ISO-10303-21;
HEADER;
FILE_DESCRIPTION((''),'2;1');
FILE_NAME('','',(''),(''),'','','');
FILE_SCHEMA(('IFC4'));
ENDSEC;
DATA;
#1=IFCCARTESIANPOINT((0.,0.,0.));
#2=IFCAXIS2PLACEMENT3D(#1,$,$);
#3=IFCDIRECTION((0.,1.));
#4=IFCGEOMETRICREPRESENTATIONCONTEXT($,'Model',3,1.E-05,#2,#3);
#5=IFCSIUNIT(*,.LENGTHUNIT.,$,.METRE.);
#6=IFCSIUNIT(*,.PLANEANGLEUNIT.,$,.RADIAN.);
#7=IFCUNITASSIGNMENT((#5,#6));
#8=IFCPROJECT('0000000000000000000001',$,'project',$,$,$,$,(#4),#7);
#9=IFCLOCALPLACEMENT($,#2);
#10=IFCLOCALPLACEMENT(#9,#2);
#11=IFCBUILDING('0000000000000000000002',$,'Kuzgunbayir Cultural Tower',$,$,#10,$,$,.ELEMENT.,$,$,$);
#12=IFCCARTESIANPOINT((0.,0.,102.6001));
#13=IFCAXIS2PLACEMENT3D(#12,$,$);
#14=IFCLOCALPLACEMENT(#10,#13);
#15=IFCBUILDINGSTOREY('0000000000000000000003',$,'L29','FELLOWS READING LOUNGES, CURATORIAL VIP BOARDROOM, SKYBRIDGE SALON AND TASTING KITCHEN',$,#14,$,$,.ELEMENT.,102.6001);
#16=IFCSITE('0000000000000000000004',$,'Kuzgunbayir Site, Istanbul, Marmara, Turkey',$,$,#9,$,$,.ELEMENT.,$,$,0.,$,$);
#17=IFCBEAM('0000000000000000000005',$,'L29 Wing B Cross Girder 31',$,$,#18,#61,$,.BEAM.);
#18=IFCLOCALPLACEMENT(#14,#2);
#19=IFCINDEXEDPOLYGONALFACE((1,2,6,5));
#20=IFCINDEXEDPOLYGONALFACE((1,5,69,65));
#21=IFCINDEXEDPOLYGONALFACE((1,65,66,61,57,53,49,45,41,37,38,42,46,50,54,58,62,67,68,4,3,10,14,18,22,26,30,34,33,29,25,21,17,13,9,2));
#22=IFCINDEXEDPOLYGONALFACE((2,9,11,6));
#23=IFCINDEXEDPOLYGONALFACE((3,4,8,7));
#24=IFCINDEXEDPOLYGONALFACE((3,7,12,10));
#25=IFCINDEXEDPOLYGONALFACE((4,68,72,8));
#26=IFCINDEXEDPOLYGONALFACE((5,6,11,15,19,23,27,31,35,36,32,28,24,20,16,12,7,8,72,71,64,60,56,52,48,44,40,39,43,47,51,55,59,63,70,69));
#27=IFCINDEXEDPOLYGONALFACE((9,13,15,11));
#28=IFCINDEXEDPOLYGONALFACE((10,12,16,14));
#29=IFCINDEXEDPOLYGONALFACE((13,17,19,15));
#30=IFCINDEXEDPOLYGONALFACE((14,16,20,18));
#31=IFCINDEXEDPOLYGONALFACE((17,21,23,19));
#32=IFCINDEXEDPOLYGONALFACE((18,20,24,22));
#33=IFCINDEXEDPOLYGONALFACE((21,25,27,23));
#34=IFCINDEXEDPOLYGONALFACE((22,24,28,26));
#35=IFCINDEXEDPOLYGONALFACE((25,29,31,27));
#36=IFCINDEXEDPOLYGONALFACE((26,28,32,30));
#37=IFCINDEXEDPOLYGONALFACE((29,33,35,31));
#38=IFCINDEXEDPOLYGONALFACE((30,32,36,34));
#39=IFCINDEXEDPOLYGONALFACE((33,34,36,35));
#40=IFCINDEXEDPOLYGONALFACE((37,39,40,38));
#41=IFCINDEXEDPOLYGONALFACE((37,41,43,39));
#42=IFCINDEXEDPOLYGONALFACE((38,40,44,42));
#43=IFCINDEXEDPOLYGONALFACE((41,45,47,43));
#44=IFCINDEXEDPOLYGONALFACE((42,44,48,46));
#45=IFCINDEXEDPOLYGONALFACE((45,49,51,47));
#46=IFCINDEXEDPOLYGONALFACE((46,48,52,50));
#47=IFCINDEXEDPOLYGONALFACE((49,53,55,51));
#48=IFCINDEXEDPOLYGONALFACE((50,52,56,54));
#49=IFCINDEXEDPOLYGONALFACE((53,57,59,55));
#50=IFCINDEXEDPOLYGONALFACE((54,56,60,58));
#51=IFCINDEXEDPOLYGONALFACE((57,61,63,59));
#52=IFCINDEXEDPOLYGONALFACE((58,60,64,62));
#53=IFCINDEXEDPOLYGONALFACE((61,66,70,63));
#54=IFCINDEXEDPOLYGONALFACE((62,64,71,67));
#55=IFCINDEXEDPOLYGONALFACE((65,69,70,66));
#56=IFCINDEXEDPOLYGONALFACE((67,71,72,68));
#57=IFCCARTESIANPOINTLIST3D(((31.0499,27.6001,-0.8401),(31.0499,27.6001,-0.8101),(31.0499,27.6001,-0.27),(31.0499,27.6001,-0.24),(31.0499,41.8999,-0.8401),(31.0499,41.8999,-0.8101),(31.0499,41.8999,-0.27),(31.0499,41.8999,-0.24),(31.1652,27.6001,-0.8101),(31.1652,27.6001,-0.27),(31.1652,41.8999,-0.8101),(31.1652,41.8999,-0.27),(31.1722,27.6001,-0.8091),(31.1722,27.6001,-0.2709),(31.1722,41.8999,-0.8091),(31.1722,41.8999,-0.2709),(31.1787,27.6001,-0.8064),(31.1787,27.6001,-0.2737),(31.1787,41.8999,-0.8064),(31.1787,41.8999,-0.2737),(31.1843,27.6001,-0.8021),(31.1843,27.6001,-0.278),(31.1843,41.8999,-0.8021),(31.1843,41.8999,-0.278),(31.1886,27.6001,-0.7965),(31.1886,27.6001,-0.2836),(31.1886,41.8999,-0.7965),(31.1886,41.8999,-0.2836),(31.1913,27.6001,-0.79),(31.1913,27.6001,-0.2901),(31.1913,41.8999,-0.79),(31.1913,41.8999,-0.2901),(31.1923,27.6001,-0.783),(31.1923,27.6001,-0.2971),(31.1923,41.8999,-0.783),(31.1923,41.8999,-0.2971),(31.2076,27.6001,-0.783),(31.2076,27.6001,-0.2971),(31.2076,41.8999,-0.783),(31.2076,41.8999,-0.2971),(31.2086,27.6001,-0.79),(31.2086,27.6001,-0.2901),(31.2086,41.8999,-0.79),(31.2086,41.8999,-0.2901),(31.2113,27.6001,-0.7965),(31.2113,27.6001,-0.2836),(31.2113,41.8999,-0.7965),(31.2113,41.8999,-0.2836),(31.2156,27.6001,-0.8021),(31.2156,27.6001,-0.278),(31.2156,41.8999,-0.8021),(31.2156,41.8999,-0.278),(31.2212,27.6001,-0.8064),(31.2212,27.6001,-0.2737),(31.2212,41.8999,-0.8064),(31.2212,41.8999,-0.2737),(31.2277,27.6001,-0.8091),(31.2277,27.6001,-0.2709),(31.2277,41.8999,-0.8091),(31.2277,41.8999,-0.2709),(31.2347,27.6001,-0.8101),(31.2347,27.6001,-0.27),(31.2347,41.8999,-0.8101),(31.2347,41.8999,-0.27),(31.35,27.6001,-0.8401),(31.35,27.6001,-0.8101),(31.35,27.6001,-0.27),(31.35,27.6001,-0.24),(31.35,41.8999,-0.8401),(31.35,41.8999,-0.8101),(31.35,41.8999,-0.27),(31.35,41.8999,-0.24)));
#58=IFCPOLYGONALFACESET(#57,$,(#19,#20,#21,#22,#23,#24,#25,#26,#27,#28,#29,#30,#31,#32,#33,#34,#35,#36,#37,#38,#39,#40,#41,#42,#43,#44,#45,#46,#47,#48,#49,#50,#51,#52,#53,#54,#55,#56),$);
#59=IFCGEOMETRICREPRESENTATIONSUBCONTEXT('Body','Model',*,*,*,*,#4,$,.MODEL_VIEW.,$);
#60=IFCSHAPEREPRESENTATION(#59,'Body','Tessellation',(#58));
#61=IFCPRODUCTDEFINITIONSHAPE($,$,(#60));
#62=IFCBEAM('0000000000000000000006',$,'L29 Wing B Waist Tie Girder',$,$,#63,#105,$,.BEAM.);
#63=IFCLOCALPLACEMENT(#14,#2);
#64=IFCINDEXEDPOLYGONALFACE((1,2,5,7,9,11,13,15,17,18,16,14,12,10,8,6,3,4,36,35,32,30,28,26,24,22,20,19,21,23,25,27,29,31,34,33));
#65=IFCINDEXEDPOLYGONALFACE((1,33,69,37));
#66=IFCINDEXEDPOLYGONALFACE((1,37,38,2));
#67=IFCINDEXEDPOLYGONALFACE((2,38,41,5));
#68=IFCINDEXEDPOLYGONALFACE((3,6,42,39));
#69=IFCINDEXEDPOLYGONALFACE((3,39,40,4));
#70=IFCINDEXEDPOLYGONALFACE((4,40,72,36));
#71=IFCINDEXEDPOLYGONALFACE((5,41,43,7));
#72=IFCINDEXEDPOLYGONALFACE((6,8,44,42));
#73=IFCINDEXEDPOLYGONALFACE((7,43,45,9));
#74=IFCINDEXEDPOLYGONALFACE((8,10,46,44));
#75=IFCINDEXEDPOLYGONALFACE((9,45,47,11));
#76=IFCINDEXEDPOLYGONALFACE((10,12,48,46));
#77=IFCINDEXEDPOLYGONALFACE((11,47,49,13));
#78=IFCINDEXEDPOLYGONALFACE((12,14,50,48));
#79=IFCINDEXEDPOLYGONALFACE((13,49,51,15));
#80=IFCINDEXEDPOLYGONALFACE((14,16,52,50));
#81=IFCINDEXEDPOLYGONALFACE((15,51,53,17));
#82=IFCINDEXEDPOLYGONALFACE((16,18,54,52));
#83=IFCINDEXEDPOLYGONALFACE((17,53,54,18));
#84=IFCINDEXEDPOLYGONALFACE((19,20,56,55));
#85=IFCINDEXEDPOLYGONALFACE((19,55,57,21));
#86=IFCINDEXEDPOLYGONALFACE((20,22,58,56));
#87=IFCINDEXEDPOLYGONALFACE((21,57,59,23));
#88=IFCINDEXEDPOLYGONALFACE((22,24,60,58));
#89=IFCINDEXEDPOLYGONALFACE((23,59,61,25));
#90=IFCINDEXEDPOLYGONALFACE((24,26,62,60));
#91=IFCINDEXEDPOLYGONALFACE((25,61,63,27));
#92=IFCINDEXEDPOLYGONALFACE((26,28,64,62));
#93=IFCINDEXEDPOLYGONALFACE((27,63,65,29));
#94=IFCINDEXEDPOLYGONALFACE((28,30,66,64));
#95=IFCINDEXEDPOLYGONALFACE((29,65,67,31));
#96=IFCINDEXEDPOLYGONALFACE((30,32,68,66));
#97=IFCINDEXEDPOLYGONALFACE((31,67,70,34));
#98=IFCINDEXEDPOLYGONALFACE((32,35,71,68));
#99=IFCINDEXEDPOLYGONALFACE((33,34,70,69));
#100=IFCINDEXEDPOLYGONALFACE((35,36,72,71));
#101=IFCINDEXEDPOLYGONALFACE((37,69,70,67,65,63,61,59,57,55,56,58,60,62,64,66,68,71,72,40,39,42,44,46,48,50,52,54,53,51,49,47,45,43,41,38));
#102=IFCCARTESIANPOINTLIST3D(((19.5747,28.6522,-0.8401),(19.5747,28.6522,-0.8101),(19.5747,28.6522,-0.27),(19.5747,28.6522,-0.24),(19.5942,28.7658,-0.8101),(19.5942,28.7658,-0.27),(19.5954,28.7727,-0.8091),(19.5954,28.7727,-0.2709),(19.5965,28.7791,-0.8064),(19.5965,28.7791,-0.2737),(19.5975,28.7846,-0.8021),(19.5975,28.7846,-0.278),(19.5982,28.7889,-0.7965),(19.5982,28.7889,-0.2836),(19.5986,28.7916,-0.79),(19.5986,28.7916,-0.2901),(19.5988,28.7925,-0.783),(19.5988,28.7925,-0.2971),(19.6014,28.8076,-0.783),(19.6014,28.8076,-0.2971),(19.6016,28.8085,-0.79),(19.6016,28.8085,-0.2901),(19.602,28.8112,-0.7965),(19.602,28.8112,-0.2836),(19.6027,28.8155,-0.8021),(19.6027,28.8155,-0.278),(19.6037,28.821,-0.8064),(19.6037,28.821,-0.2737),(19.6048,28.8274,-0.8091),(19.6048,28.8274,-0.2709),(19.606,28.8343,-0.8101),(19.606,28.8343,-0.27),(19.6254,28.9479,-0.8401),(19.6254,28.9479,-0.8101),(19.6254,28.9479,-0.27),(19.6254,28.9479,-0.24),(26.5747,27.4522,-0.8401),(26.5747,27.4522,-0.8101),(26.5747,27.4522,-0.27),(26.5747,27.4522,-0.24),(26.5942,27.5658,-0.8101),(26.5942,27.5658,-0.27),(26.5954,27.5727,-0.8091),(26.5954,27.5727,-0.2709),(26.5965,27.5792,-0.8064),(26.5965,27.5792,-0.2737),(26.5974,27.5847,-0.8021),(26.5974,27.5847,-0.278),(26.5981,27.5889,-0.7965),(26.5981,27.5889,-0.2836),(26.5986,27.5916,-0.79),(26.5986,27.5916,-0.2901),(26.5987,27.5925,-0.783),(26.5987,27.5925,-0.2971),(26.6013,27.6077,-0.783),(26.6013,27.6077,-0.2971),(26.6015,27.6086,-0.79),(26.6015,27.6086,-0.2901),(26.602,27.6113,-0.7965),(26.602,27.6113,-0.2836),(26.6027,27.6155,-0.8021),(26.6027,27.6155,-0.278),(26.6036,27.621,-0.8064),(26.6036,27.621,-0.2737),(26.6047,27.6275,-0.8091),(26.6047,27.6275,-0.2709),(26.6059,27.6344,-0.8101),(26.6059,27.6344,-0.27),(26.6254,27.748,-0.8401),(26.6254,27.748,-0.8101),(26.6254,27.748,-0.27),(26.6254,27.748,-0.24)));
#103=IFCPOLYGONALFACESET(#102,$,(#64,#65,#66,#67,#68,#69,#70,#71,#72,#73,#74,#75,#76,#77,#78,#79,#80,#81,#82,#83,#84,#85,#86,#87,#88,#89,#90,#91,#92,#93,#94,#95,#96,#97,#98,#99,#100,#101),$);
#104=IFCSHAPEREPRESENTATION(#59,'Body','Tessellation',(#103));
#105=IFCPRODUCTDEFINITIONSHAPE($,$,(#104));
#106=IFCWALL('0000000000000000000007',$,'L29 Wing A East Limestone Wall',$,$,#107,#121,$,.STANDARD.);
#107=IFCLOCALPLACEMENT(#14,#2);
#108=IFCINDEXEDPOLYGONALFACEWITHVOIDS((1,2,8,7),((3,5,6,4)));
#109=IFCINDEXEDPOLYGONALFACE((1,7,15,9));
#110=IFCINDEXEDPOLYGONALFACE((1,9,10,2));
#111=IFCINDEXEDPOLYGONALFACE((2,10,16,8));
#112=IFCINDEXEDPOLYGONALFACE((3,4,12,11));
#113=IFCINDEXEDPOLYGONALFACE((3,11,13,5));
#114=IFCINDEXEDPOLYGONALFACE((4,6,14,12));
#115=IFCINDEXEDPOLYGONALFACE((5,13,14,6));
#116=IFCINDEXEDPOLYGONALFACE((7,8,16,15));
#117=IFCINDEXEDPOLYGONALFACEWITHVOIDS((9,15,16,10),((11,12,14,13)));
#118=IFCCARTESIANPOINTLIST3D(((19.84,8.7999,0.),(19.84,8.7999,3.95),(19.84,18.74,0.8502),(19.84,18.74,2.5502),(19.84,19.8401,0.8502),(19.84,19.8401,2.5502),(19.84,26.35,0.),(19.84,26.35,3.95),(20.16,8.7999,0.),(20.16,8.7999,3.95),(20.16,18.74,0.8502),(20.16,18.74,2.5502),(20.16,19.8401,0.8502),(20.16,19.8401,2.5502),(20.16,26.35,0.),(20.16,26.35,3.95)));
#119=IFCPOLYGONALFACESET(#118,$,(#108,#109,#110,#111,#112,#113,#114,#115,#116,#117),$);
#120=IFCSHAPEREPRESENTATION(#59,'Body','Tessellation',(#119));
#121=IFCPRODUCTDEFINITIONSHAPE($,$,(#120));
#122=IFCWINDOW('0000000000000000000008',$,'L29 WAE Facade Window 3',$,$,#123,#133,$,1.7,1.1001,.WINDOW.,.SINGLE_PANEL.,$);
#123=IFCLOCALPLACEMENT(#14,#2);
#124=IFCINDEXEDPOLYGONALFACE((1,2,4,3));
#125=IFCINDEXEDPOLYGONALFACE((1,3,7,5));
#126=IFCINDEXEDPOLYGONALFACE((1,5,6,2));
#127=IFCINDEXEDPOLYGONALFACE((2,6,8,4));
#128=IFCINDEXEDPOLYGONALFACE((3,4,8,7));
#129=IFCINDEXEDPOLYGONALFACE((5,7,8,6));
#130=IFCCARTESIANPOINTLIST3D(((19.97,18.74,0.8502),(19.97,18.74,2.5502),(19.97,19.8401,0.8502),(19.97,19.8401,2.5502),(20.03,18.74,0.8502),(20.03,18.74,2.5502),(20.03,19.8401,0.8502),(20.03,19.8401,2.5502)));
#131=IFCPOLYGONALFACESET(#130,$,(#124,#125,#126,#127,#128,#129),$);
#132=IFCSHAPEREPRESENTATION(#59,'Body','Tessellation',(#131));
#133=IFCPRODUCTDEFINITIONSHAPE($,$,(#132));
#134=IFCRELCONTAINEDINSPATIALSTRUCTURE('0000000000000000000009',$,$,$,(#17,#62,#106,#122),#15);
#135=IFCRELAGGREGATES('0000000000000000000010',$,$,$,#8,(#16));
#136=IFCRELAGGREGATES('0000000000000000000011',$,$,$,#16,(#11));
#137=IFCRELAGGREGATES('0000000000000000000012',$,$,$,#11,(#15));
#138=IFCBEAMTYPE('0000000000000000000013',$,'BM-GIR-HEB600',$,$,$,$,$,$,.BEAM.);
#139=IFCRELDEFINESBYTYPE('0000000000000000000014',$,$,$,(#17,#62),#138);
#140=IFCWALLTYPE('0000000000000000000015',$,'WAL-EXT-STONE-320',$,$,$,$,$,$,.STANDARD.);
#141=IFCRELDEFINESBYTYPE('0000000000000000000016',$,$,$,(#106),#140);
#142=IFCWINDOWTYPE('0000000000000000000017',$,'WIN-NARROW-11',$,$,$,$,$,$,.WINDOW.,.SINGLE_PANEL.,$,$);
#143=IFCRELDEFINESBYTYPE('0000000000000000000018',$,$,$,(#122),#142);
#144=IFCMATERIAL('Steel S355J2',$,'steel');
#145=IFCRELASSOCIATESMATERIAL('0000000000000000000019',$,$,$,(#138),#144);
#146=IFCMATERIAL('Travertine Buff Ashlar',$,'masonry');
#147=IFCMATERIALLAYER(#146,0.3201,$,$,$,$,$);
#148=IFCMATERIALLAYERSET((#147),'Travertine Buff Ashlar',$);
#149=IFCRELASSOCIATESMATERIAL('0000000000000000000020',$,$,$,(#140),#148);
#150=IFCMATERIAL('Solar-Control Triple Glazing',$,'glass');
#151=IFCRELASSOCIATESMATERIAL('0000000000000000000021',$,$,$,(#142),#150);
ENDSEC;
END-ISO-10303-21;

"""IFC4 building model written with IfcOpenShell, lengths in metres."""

from ifc_helpers import new_model, si_unit, direction, frame, frame_2d, origin, origin_2d, place, context, subcontext, project, spatial, rectangle, i_section, extrude, material, layer, layer_set, material_profile, profile_set, type_object, element, fill, save


model = new_model("IFC4")

# Units and contexts
model_context = context("Model", 3, precision=1e-05, world=origin(), true_north=direction((0.0, 1.0)))
body_context = subcontext(model_context, "Body", "Model", "MODEL_VIEW")
ifc_project = project(units=[si_unit("LENGTHUNIT", "METRE"), si_unit("PLANEANGLEUNIT", "RADIAN")], contexts=[model_context])

# Site, building, storey
site_placement = place(None, origin())
site = spatial("IfcSite", under=ifc_project, at=site_placement, Name="Kuzgunbayir Site, Istanbul, Marmara, Turkey", CompositionType="ELEMENT", RefElevation=0.0)
building_placement = place(site_placement, origin())
building = spatial("IfcBuilding", under=site, at=building_placement, Name="Kuzgunbayir Cultural Tower", CompositionType="ELEMENT")
storey_placement = place(building_placement, frame((0.0, 0.0, 102.6001)))
storey = spatial("IfcBuildingStorey", under=building, at=storey_placement, Name="L29", Description="FELLOWS READING LOUNGES, CURATORIAL VIP BOARDROOM, SKYBRIDGE SALON AND TASTING KITCHEN", CompositionType="ELEMENT", Elevation=102.6001)

# Beams
ifc_material_1 = material(Name="Steel S355J2", Category="steel")
ifc_material_profile_1 = material_profile(ifc_material_1, i_section(OverallWidth=0.3, OverallDepth=0.6001, WebThickness=0.0154, FlangeThickness=0.03, FilletRadius=0.0271, at=origin_2d()), Name="HEB 600")
ifc_profile_set_1 = profile_set([ifc_material_profile_1], Name="Steel S355J2")
beam_type_1 = type_object("IfcBeamType", Name="BM-GIR-HEB600", PredefinedType="BEAM", material=ifc_profile_set_1)
beam_1_placement = place(storey_placement, frame((31.2, 27.6001, -0.54), z_axis=(0.0, 1.0, 0.0), x_axis=(-1.0, 0.0, 0.0)))
element("IfcBeam", 1, at=beam_1_placement, inside=storey, type_object=beam_type_1, Name="L29 Wing B Cross Girder 31", PredefinedType="BEAM", context=body_context, shape_type="SweptSolid", body=[
    extrude(i_section(OverallWidth=0.3, OverallDepth=0.6001, WebThickness=0.0154, FlangeThickness=0.03, FilletRadius=0.0271, at=origin_2d()), origin(), (0.0, 0.0, 1.0), 14.2998),
])
beam_2_placement = place(storey_placement, frame((19.6001, 28.8, -0.54), z_axis=(0.985623, -0.168957, 0.0), x_axis=(0.168957, 0.985623, 0.0)))
element("IfcBeam", 2, at=beam_2_placement, inside=storey, type_object=beam_type_1, Name="L29 Wing B Waist Tie Girder", PredefinedType="BEAM", context=body_context, shape_type="SweptSolid", body=[
    extrude(i_section(OverallWidth=0.3, OverallDepth=0.6001, WebThickness=0.0154, FlangeThickness=0.03, FilletRadius=0.0271, at=origin_2d()), origin(), (0.0, 0.0, 1.0), 7.1021),
])

# Wall, opening, window
ifc_material_2 = material(Name="Travertine Buff Ashlar", Category="masonry")
ifc_layer_1 = layer(ifc_material_2, 0.3201)
ifc_layer_set_1 = layer_set([ifc_layer_1], Name="Travertine Buff Ashlar")
wall_type_1 = type_object("IfcWallType", Name="WAL-EXT-STONE-320", PredefinedType="STANDARD", material=ifc_layer_set_1)
wall_1_placement = place(storey_placement, frame((20.0, 8.8, 0.0), z_axis=(0.0, 0.0, 1.0), x_axis=(0.0, 1.0, 0.0)))
wall_1 = element("IfcWall", 3, at=wall_1_placement, inside=storey, type_object=wall_type_1, Name="L29 Wing A East Limestone Wall", PredefinedType="STANDARD", context=body_context, shape_type="SweptSolid", body=[
    extrude(rectangle(XDim=17.55, YDim=0.3201, at=frame_2d((8.7749, 0.0))), origin(), (0.0, 0.0, 1.0), 3.95),
])
opening_1_placement = place(wall_1_placement, frame((9.9399, 0.0, 0.8501)))
opening_1 = element("IfcOpeningElement", 4, at=opening_1_placement, cuts=wall_1, PredefinedType="OPENING", context=body_context, shape_type="SweptSolid", body=[
    extrude(rectangle(XDim=1.1001, YDim=1.7, at=frame_2d((0.55, 0.8501))), frame((0.0, 0.1699, 0.0), z_axis=(0.0, -1.0, 0.0), x_axis=(1.0, 0.0, 0.0)), (0.0, 0.0, 1.0), 0.3401),
])
ifc_material_3 = material(Name="Solar-Control Triple Glazing", Category="glass")
window_type_1 = type_object("IfcWindowType", Name="WIN-NARROW-11", PartitioningType="SINGLE_PANEL", PredefinedType="WINDOW", material=ifc_material_3)
window_1_placement = place(opening_1_placement, origin())
window_1 = element("IfcWindow", 5, at=window_1_placement, inside=storey, type_object=window_type_1, Name="L29 WAE Facade Window 3", OverallHeight=1.7, OverallWidth=1.1001, PartitioningType="SINGLE_PANEL", PredefinedType="WINDOW", context=body_context, shape_type="SweptSolid", body=[
    extrude(rectangle(XDim=1.1001, YDim=1.7, at=frame_2d((0.55, 0.8501))), frame((0.0, 0.03, 0.0), z_axis=(0.0, -1.0, 0.0), x_axis=(1.0, 0.0, 0.0)), (0.0, 0.0, 1.0), 0.0601),
])
fill(opening_1, window_1)

save(model, "model.ifc")
